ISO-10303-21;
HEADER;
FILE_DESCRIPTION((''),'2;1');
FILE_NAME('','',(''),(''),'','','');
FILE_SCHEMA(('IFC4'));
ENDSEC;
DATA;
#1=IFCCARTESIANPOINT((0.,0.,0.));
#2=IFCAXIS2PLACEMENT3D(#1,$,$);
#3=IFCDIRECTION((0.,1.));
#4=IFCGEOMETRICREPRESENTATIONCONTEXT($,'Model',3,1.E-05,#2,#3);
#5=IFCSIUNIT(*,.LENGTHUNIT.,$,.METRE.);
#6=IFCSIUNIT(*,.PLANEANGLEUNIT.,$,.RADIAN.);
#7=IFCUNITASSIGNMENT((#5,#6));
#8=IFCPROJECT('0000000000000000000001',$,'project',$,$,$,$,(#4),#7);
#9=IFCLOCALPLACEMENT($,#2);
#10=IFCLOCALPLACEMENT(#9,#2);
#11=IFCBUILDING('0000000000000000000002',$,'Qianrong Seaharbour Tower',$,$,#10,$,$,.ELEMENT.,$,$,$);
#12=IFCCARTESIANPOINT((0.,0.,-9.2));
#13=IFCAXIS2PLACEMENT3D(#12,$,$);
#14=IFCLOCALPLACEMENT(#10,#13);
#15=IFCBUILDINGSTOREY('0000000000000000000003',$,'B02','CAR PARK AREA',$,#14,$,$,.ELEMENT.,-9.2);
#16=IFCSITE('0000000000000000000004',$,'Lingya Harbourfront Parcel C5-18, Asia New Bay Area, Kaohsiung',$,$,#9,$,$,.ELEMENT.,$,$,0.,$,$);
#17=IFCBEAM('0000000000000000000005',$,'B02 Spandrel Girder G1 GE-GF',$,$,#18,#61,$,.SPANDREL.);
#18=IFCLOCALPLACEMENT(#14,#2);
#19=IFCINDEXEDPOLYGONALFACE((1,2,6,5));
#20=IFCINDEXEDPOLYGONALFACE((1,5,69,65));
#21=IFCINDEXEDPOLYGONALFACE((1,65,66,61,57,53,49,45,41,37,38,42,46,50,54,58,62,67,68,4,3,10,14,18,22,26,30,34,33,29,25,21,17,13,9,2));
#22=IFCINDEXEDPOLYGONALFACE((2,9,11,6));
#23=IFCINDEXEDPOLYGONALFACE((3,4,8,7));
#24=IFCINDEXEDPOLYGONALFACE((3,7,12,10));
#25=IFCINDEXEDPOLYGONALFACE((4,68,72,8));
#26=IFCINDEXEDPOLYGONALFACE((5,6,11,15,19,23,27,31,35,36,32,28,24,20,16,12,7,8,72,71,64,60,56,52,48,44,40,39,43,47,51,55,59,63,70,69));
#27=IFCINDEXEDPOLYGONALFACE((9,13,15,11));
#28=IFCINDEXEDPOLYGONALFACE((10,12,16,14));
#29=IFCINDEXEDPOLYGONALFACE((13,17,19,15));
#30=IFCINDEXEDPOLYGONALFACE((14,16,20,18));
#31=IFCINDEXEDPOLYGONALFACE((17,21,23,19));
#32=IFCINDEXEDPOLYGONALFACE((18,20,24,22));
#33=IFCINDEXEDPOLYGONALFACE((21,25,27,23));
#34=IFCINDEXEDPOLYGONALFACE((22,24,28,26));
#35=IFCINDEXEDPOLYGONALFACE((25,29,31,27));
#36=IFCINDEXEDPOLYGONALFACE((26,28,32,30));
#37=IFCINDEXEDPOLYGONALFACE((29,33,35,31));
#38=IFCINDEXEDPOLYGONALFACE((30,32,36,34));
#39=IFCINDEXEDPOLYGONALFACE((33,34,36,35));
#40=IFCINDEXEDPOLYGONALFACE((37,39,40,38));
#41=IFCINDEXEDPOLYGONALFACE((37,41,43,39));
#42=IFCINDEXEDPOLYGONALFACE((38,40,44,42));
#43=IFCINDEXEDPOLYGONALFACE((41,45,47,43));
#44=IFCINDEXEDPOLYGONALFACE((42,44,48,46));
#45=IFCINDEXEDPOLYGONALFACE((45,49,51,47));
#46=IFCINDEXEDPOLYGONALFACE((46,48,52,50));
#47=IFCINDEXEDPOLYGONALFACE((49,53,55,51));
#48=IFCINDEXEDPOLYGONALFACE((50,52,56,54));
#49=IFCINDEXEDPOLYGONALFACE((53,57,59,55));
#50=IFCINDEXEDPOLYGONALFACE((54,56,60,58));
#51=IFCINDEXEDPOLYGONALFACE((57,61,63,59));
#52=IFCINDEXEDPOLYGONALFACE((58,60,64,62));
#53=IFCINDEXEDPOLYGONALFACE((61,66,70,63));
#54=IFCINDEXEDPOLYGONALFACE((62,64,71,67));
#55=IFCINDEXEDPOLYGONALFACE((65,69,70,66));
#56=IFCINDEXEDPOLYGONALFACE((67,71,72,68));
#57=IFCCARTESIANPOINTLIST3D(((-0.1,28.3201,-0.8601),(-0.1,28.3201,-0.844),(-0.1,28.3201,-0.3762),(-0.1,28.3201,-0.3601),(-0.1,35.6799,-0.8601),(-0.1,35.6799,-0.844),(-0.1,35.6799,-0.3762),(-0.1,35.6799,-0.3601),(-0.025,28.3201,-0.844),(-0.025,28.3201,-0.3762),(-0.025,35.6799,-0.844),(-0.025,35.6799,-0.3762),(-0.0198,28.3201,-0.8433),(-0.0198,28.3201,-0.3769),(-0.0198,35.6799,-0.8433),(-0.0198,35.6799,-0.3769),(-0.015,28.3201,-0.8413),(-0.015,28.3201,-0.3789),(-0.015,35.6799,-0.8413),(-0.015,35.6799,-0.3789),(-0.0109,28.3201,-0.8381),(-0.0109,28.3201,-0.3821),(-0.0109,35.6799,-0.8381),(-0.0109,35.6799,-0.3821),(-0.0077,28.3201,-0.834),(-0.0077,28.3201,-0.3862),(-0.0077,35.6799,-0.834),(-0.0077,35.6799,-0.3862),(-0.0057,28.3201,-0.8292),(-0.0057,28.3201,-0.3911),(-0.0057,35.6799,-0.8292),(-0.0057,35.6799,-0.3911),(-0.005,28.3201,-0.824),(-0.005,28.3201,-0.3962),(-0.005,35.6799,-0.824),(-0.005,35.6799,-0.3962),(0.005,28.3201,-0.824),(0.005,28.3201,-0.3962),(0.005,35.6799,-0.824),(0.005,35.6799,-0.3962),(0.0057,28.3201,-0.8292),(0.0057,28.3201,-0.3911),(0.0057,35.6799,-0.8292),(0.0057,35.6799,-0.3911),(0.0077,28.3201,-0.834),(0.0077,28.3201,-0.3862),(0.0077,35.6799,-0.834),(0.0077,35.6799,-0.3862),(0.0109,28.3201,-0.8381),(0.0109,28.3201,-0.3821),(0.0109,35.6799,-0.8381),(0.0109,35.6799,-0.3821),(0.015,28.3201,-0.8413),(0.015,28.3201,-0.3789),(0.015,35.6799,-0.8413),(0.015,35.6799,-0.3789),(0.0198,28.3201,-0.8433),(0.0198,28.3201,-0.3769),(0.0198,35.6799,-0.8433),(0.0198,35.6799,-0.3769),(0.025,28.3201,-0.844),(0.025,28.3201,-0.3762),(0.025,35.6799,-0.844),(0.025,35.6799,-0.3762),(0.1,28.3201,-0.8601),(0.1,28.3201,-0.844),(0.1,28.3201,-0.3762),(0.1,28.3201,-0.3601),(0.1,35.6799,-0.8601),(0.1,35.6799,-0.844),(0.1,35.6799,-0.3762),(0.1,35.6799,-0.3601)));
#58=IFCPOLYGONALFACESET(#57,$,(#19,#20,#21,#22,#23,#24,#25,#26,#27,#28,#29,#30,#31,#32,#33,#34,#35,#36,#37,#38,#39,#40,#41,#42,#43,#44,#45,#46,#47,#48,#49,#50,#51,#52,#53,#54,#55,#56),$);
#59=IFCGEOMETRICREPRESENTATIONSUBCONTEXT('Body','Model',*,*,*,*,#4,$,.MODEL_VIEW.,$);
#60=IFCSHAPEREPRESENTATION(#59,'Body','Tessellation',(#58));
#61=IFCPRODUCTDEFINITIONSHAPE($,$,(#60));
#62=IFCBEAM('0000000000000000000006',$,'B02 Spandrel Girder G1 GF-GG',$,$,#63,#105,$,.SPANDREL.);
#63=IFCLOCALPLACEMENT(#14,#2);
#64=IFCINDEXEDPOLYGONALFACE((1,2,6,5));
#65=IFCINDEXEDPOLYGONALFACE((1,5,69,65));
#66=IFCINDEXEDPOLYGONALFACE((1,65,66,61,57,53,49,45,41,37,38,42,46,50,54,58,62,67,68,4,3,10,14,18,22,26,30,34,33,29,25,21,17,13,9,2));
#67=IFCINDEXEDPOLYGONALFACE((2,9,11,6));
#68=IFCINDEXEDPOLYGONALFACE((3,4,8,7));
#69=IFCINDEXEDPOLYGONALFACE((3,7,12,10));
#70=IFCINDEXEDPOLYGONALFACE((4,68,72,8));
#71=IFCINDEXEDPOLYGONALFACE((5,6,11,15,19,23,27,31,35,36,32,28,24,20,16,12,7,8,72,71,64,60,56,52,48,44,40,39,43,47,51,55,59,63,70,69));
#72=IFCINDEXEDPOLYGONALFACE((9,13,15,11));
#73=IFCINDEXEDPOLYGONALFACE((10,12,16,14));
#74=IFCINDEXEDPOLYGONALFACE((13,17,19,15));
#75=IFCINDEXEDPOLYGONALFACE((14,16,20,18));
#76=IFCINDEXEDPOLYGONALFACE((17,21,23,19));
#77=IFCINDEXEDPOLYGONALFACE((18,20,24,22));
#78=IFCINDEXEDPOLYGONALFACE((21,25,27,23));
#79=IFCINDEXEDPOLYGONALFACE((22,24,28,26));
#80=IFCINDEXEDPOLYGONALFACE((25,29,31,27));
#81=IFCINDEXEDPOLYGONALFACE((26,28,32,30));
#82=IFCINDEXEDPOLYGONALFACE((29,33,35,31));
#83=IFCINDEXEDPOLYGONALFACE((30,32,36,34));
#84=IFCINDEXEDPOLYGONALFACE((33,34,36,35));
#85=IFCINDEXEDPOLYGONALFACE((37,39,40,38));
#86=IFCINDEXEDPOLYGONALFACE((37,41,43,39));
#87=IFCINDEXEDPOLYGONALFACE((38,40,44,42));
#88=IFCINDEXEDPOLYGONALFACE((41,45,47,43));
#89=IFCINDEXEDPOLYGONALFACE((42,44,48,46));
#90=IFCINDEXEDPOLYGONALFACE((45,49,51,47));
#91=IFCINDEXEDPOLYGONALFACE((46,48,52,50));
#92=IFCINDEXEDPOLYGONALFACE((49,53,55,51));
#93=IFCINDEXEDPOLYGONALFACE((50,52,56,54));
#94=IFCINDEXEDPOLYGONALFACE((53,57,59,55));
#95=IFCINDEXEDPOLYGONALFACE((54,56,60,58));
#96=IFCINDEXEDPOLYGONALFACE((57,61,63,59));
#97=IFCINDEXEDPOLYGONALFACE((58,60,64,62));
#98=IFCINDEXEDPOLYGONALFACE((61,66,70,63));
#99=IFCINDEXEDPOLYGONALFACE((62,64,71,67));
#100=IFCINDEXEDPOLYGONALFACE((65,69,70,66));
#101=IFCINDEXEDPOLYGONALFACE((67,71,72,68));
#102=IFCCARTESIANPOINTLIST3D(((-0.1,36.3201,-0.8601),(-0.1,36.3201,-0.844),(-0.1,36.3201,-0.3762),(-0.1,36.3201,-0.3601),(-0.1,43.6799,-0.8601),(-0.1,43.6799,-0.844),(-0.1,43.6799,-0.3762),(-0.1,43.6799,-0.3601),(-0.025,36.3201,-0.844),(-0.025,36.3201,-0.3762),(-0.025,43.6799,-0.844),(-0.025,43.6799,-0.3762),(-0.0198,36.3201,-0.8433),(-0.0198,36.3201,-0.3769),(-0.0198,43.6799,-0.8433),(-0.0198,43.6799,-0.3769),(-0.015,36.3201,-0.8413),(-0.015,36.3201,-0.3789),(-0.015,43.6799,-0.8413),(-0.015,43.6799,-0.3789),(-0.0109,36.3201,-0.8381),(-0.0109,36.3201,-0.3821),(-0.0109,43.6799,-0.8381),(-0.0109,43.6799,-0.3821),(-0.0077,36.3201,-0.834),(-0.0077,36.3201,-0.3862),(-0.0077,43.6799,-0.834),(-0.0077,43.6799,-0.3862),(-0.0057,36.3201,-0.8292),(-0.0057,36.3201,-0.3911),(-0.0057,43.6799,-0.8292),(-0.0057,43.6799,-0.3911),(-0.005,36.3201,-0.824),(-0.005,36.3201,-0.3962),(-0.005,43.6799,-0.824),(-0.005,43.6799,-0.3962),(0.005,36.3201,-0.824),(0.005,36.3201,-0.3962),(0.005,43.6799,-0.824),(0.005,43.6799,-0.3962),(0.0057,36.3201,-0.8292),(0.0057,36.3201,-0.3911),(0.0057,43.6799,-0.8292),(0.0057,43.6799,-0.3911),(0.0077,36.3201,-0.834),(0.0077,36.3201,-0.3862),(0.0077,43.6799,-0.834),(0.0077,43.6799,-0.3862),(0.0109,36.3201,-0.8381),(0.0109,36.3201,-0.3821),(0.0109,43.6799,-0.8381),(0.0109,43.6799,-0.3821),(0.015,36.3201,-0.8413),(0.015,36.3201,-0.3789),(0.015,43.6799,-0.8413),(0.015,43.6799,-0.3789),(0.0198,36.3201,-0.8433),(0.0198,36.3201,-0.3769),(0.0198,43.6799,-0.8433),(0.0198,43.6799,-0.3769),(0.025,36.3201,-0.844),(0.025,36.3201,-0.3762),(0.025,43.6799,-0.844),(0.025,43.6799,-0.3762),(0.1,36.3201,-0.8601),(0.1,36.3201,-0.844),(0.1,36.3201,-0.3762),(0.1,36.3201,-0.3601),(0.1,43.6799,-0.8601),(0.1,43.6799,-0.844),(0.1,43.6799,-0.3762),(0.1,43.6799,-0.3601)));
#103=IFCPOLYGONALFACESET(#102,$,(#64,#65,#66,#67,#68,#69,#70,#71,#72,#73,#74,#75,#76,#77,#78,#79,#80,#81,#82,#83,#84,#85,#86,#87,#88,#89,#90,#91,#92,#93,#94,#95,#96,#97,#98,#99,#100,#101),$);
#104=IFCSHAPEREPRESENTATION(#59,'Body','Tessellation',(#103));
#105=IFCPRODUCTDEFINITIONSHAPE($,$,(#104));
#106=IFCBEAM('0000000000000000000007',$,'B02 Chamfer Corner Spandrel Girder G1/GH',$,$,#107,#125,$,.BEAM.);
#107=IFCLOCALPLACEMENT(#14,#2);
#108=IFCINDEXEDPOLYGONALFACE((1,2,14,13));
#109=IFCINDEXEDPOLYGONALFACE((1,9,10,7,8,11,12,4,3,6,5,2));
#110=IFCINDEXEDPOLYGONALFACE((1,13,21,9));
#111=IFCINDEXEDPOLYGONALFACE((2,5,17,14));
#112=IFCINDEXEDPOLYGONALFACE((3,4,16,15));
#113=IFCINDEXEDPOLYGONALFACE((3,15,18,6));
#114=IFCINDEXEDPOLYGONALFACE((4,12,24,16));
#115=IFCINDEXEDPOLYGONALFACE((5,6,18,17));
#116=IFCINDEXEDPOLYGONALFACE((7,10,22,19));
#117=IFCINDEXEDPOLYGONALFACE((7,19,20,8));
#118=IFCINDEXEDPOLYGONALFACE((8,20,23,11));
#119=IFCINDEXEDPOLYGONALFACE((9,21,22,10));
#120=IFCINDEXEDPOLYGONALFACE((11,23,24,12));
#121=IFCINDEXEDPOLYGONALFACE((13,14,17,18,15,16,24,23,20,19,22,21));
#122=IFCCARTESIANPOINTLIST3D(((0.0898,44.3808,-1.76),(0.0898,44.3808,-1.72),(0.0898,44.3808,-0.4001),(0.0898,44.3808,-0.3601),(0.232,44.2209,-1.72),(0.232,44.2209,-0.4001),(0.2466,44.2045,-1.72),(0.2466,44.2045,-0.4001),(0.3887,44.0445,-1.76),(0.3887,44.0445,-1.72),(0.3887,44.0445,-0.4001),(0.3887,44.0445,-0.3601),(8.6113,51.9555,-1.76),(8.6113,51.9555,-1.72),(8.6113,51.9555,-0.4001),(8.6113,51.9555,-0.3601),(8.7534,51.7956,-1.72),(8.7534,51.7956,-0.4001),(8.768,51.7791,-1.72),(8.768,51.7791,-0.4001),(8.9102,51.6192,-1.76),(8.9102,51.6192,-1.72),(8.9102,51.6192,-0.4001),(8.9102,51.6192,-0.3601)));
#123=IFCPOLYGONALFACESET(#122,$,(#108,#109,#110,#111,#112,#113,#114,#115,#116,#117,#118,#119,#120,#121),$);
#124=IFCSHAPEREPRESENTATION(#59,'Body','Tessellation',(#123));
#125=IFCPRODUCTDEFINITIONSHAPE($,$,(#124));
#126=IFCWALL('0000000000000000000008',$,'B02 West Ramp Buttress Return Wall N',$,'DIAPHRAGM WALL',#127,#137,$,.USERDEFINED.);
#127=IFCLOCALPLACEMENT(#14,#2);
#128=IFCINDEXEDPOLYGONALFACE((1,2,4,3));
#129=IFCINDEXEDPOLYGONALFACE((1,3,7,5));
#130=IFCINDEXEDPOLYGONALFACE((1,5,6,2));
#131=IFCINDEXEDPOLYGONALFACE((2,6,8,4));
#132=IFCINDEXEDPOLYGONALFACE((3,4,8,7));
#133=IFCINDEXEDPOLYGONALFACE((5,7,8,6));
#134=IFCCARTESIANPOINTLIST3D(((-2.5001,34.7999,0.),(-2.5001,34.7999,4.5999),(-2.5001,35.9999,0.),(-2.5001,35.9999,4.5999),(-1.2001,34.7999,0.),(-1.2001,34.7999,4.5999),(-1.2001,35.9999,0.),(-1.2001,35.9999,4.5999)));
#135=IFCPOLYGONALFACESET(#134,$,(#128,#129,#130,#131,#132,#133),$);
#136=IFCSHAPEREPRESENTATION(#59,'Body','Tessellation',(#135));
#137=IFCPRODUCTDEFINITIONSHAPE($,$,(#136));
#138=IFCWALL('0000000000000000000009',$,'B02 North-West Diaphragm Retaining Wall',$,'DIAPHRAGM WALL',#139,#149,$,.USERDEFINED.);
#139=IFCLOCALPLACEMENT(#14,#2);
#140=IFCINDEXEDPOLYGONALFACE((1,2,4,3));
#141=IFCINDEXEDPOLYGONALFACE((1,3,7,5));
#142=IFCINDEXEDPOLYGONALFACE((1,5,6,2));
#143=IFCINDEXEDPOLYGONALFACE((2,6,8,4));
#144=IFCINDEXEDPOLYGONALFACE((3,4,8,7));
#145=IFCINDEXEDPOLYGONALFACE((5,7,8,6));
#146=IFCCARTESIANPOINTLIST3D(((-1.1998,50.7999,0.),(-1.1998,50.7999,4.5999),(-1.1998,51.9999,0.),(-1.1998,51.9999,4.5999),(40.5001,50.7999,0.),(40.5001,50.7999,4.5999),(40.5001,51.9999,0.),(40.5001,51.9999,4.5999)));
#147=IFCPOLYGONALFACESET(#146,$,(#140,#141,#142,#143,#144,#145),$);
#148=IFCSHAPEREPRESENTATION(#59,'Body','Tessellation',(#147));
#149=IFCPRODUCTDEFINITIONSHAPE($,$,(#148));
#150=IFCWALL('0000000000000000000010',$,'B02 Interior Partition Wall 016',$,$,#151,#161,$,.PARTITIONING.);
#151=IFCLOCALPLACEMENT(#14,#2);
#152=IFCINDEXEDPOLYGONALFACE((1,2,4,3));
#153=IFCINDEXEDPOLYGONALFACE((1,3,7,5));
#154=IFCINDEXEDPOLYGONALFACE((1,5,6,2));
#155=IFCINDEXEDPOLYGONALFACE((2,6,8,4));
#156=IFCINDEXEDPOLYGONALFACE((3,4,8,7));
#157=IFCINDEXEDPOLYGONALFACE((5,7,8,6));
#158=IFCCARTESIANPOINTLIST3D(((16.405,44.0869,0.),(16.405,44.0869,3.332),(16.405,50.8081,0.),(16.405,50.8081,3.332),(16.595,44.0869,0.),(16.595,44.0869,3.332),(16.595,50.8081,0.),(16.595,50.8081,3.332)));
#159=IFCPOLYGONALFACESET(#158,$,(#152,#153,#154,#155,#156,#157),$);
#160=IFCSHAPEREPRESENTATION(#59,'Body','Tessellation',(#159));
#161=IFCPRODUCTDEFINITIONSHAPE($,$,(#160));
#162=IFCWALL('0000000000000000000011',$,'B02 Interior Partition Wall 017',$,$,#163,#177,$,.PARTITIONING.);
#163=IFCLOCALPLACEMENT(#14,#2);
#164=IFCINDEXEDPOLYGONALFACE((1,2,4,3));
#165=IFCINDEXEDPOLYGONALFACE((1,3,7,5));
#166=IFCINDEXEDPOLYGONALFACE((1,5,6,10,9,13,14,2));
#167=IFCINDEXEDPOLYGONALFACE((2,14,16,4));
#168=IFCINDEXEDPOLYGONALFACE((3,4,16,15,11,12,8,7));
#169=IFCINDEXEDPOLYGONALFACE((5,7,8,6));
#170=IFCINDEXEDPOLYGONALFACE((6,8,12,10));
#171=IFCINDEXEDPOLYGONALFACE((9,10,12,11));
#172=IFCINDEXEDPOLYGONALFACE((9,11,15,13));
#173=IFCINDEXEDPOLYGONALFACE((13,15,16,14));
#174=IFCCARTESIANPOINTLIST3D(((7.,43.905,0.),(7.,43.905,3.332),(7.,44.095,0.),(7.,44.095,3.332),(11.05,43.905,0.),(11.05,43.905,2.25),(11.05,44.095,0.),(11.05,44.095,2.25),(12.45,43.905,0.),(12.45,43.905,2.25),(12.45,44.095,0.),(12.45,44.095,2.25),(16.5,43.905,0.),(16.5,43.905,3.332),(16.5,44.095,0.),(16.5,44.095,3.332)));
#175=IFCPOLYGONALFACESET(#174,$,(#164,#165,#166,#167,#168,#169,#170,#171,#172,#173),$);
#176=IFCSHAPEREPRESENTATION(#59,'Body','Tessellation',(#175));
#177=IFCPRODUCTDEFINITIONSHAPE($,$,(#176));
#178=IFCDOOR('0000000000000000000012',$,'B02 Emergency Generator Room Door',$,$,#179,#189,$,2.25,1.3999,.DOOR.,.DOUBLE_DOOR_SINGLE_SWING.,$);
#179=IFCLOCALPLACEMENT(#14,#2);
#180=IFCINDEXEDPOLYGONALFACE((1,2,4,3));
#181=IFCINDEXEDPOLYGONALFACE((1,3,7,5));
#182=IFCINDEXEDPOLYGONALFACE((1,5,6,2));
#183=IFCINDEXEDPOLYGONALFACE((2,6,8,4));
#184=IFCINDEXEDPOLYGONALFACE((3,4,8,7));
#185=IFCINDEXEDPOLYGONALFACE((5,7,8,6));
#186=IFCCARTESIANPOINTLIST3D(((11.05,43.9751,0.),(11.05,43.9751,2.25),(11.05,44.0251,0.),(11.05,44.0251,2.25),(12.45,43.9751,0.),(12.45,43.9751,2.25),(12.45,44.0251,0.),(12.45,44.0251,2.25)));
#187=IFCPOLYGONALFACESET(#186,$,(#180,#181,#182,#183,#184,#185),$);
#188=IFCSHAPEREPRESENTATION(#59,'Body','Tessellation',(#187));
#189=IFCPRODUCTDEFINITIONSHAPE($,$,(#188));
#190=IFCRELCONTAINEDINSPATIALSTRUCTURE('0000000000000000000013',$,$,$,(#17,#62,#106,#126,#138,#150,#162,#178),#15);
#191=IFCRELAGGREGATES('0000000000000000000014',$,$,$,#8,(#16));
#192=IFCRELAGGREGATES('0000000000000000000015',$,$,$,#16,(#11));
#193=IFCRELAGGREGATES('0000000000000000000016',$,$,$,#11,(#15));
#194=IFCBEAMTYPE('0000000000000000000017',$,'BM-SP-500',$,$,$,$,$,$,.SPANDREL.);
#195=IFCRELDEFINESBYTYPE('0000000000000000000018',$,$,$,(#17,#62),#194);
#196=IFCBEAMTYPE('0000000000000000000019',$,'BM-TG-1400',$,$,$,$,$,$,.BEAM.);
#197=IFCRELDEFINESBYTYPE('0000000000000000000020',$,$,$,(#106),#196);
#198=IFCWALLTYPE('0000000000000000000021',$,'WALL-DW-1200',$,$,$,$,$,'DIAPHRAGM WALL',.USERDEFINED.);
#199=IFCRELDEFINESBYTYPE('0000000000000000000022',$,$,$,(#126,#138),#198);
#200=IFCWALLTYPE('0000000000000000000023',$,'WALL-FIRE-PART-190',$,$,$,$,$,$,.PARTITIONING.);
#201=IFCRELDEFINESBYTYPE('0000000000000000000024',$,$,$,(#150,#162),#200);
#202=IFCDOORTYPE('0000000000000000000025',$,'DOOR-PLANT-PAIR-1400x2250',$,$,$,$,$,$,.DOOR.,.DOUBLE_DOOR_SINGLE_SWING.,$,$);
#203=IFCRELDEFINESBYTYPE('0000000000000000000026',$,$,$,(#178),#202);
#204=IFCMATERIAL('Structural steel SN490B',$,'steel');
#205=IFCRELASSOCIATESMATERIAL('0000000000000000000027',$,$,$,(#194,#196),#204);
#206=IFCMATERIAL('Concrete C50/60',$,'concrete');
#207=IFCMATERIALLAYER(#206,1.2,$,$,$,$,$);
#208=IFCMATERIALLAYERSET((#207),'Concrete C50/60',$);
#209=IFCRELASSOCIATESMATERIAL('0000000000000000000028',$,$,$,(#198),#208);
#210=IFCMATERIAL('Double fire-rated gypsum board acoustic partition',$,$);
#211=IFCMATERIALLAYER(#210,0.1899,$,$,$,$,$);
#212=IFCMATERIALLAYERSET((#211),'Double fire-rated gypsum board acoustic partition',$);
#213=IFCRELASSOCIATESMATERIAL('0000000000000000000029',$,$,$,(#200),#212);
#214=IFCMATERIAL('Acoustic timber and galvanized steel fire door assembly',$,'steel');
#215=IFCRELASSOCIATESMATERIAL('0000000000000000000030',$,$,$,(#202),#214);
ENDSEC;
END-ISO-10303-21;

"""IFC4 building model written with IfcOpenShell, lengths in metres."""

from ifc_helpers import new_model, si_unit, direction, frame, frame_2d, origin, origin_2d, place, context, subcontext, project, spatial, rectangle, i_section, extrude, material, layer, layer_set, material_profile, profile_set, type_object, element, fill, save


model = new_model("IFC4")

# Units and contexts
model_context = context("Model", 3, precision=1e-05, world=origin(), true_north=direction((0.0, 1.0)))
body_context = subcontext(model_context, "Body", "Model", "MODEL_VIEW")
ifc_project = project(units=[si_unit("LENGTHUNIT", "METRE"), si_unit("PLANEANGLEUNIT", "RADIAN")], contexts=[model_context])

# Site, building, storey
site_placement = place(None, origin())
site = spatial("IfcSite", under=ifc_project, at=site_placement, Name="Lingya Harbourfront Parcel C5-18, Asia New Bay Area, Kaohsiung", CompositionType="ELEMENT", RefElevation=0.0)
building_placement = place(site_placement, origin())
building = spatial("IfcBuilding", under=site, at=building_placement, Name="Qianrong Seaharbour Tower", CompositionType="ELEMENT")
storey_placement = place(building_placement, frame((0.0, 0.0, -9.2)))
storey = spatial("IfcBuildingStorey", under=building, at=storey_placement, Name="B02", Description="CAR PARK AREA", CompositionType="ELEMENT", Elevation=-9.2)

# Shared definitions
ifc_material_1 = material(Name="Structural steel SN490B", Category="steel")

# Beams
ifc_material_2 = material(Name="Concrete C50/60", Category="concrete")
ifc_material_profile_1 = material_profile(ifc_material_1, i_section(OverallWidth=0.2, OverallDepth=0.5, WebThickness=0.01, FlangeThickness=0.0161, FilletRadius=0.02, at=origin_2d()), Name="H500x200x10x16")
ifc_profile_set_1 = profile_set([ifc_material_profile_1], Name="Structural steel SN490B")
beam_type_1 = type_object("IfcBeamType", Name="BM-SP-500", PredefinedType="SPANDREL", material=ifc_profile_set_1)
for number, where, z_axis, x_axis, name in (
    (1, (0.0, 28.3201, -0.6101), (0.0, 1.0, 0.0), (-1.0, 0.0, 0.0), "B02 Spandrel Girder G1 GE-GF"),
    (2, (0.0, 36.3201, -0.6101), (0.0, 1.0, 0.0), (-1.0, 0.0, 0.0), "B02 Spandrel Girder G1 GF-GG"),
):
    element("IfcBeam", number, at=place(storey_placement, frame(where, z_axis=z_axis, x_axis=x_axis)), inside=storey, type_object=beam_type_1, Name=name, PredefinedType="SPANDREL", context=body_context, shape_type="SweptSolid", body=[
        extrude(i_section(OverallWidth=0.2, OverallDepth=0.5, WebThickness=0.01, FlangeThickness=0.0161, FilletRadius=0.02, at=origin_2d()), origin(), (0.0, 0.0, 1.0), 7.3599),
    ])
ifc_material_profile_2 = material_profile(ifc_material_1, i_section(OverallWidth=0.45, OverallDepth=1.3999, WebThickness=0.022, FlangeThickness=0.04, at=origin_2d()), Name="BH1400x450x22x40")
ifc_profile_set_2 = profile_set([ifc_material_profile_2], Name="Structural steel SN490B")
beam_type_2 = type_object("IfcBeamType", Name="BM-TG-1400", PredefinedType="BEAM", material=ifc_profile_set_2)
beam_1_placement = place(storey_placement, frame((8.7607, 51.7874, -1.0601), z_axis=(-0.747407, -0.664366, 0.0), x_axis=(0.664366, -0.747407, 0.0)))
element("IfcBeam", 3, at=beam_1_placement, inside=storey, type_object=beam_type_2, Name="B02 Chamfer Corner Spandrel Girder G1/GH", PredefinedType="BEAM", context=body_context, shape_type="SweptSolid", body=[
    extrude(i_section(OverallWidth=0.45, OverallDepth=1.3999, WebThickness=0.022, FlangeThickness=0.04, at=origin_2d()), origin(), (0.0, 0.0, 1.0), 11.4014),
])

# Walls
ifc_layer_1 = layer(ifc_material_2, 1.2)
ifc_layer_set_1 = layer_set([ifc_layer_1], Name="Concrete C50/60")
wall_type_1 = type_object("IfcWallType", Name="WALL-DW-1200", ElementType="DIAPHRAGM WALL", PredefinedType="USERDEFINED", material=ifc_layer_set_1)
wall_1_placement = place(storey_placement, frame((-2.5, 35.3999, 0.0), z_axis=(0.0, 0.0, 1.0), x_axis=(1.0, 0.0, 0.0)))
element("IfcWall", 4, at=wall_1_placement, inside=storey, type_object=wall_type_1, Name="B02 West Ramp Buttress Return Wall N", ObjectType="DIAPHRAGM WALL", PredefinedType="USERDEFINED", context=body_context, shape_type="SweptSolid", body=[
    extrude(rectangle(XDim=1.3, YDim=1.2, at=frame_2d((0.6499, 0.0))), origin(), (0.0, 0.0, 1.0), 4.5999),
])
wall_2_placement = place(storey_placement, frame((-1.2, 51.3999, 0.0), z_axis=(0.0, 0.0, 1.0), x_axis=(1.0, 0.0, 0.0)))
element("IfcWall", 5, at=wall_2_placement, inside=storey, type_object=wall_type_1, Name="B02 North-West Diaphragm Retaining Wall", ObjectType="DIAPHRAGM WALL", PredefinedType="USERDEFINED", context=body_context, shape_type="SweptSolid", body=[
    extrude(rectangle(XDim=41.7, YDim=1.2, at=frame_2d((20.8501, 0.0))), origin(), (0.0, 0.0, 1.0), 4.5999),
])
ifc_material_3 = material(Name="Double fire-rated gypsum board acoustic partition")
ifc_layer_2 = layer(ifc_material_3, 0.1899)
ifc_layer_set_2 = layer_set([ifc_layer_2], Name="Double fire-rated gypsum board acoustic partition")
wall_type_2 = type_object("IfcWallType", Name="WALL-FIRE-PART-190", PredefinedType="PARTITIONING", material=ifc_layer_set_2)
wall_3_placement = place(storey_placement, frame((16.5, 50.8081, 0.0), z_axis=(0.0, 0.0, 1.0), x_axis=(0.0, -1.0, 0.0)))
element("IfcWall", 6, at=wall_3_placement, inside=storey, type_object=wall_type_2, Name="B02 Interior Partition Wall 016", PredefinedType="PARTITIONING", context=body_context, shape_type="SweptSolid", body=[
    extrude(rectangle(XDim=6.7212, YDim=0.1899, at=frame_2d((3.3606, 0.0))), origin(), (0.0, 0.0, 1.0), 3.332),
])

# Wall, opening, door
wall_4_placement = place(storey_placement, frame((16.5, 44.0, 0.0), z_axis=(0.0, 0.0, 1.0), x_axis=(-1.0, 0.0, 0.0)))
wall_4 = element("IfcWall", 7, at=wall_4_placement, inside=storey, type_object=wall_type_2, Name="B02 Interior Partition Wall 017", PredefinedType="PARTITIONING", context=body_context, shape_type="SweptSolid", body=[
    extrude(rectangle(XDim=9.5, YDim=0.1899, at=frame_2d((4.75, 0.0))), origin(), (0.0, 0.0, 1.0), 3.332),
])
opening_placement = place(wall_4_placement, frame((4.05, 0.0, 0.0)))
opening = element("IfcOpeningElement", 8, at=opening_placement, cuts=wall_4, PredefinedType="OPENING", context=body_context, shape_type="SweptSolid", body=[
    extrude(rectangle(XDim=1.3999, YDim=2.25, at=frame_2d((0.7, 1.125))), frame((0.0, 0.105, 0.0), z_axis=(0.0, -1.0, 0.0), x_axis=(1.0, 0.0, 0.0)), (0.0, 0.0, 1.0), 0.21),
])
ifc_material_4 = material(Name="Acoustic timber and galvanized steel fire door assembly", Category="steel")
door_type = type_object("IfcDoorType", Name="DOOR-PLANT-PAIR-1400x2250", OperationType="DOUBLE_DOOR_SINGLE_SWING", PredefinedType="DOOR", material=ifc_material_4)
door_placement = place(opening_placement, origin())
door = element("IfcDoor", 9, at=door_placement, inside=storey, type_object=door_type, Name="B02 Emergency Generator Room Door", OperationType="DOUBLE_DOOR_SINGLE_SWING", OverallHeight=2.25, OverallWidth=1.3999, PredefinedType="DOOR", context=body_context, shape_type="SweptSolid", body=[
    extrude(rectangle(XDim=1.3999, YDim=2.25, at=frame_2d((0.7, 1.125))), frame((0.0, 0.0249, 0.0), z_axis=(0.0, -1.0, 0.0), x_axis=(1.0, 0.0, 0.0)), (0.0, 0.0, 1.0), 0.05),
])
fill(opening, door)

save(model, "model.ifc")
